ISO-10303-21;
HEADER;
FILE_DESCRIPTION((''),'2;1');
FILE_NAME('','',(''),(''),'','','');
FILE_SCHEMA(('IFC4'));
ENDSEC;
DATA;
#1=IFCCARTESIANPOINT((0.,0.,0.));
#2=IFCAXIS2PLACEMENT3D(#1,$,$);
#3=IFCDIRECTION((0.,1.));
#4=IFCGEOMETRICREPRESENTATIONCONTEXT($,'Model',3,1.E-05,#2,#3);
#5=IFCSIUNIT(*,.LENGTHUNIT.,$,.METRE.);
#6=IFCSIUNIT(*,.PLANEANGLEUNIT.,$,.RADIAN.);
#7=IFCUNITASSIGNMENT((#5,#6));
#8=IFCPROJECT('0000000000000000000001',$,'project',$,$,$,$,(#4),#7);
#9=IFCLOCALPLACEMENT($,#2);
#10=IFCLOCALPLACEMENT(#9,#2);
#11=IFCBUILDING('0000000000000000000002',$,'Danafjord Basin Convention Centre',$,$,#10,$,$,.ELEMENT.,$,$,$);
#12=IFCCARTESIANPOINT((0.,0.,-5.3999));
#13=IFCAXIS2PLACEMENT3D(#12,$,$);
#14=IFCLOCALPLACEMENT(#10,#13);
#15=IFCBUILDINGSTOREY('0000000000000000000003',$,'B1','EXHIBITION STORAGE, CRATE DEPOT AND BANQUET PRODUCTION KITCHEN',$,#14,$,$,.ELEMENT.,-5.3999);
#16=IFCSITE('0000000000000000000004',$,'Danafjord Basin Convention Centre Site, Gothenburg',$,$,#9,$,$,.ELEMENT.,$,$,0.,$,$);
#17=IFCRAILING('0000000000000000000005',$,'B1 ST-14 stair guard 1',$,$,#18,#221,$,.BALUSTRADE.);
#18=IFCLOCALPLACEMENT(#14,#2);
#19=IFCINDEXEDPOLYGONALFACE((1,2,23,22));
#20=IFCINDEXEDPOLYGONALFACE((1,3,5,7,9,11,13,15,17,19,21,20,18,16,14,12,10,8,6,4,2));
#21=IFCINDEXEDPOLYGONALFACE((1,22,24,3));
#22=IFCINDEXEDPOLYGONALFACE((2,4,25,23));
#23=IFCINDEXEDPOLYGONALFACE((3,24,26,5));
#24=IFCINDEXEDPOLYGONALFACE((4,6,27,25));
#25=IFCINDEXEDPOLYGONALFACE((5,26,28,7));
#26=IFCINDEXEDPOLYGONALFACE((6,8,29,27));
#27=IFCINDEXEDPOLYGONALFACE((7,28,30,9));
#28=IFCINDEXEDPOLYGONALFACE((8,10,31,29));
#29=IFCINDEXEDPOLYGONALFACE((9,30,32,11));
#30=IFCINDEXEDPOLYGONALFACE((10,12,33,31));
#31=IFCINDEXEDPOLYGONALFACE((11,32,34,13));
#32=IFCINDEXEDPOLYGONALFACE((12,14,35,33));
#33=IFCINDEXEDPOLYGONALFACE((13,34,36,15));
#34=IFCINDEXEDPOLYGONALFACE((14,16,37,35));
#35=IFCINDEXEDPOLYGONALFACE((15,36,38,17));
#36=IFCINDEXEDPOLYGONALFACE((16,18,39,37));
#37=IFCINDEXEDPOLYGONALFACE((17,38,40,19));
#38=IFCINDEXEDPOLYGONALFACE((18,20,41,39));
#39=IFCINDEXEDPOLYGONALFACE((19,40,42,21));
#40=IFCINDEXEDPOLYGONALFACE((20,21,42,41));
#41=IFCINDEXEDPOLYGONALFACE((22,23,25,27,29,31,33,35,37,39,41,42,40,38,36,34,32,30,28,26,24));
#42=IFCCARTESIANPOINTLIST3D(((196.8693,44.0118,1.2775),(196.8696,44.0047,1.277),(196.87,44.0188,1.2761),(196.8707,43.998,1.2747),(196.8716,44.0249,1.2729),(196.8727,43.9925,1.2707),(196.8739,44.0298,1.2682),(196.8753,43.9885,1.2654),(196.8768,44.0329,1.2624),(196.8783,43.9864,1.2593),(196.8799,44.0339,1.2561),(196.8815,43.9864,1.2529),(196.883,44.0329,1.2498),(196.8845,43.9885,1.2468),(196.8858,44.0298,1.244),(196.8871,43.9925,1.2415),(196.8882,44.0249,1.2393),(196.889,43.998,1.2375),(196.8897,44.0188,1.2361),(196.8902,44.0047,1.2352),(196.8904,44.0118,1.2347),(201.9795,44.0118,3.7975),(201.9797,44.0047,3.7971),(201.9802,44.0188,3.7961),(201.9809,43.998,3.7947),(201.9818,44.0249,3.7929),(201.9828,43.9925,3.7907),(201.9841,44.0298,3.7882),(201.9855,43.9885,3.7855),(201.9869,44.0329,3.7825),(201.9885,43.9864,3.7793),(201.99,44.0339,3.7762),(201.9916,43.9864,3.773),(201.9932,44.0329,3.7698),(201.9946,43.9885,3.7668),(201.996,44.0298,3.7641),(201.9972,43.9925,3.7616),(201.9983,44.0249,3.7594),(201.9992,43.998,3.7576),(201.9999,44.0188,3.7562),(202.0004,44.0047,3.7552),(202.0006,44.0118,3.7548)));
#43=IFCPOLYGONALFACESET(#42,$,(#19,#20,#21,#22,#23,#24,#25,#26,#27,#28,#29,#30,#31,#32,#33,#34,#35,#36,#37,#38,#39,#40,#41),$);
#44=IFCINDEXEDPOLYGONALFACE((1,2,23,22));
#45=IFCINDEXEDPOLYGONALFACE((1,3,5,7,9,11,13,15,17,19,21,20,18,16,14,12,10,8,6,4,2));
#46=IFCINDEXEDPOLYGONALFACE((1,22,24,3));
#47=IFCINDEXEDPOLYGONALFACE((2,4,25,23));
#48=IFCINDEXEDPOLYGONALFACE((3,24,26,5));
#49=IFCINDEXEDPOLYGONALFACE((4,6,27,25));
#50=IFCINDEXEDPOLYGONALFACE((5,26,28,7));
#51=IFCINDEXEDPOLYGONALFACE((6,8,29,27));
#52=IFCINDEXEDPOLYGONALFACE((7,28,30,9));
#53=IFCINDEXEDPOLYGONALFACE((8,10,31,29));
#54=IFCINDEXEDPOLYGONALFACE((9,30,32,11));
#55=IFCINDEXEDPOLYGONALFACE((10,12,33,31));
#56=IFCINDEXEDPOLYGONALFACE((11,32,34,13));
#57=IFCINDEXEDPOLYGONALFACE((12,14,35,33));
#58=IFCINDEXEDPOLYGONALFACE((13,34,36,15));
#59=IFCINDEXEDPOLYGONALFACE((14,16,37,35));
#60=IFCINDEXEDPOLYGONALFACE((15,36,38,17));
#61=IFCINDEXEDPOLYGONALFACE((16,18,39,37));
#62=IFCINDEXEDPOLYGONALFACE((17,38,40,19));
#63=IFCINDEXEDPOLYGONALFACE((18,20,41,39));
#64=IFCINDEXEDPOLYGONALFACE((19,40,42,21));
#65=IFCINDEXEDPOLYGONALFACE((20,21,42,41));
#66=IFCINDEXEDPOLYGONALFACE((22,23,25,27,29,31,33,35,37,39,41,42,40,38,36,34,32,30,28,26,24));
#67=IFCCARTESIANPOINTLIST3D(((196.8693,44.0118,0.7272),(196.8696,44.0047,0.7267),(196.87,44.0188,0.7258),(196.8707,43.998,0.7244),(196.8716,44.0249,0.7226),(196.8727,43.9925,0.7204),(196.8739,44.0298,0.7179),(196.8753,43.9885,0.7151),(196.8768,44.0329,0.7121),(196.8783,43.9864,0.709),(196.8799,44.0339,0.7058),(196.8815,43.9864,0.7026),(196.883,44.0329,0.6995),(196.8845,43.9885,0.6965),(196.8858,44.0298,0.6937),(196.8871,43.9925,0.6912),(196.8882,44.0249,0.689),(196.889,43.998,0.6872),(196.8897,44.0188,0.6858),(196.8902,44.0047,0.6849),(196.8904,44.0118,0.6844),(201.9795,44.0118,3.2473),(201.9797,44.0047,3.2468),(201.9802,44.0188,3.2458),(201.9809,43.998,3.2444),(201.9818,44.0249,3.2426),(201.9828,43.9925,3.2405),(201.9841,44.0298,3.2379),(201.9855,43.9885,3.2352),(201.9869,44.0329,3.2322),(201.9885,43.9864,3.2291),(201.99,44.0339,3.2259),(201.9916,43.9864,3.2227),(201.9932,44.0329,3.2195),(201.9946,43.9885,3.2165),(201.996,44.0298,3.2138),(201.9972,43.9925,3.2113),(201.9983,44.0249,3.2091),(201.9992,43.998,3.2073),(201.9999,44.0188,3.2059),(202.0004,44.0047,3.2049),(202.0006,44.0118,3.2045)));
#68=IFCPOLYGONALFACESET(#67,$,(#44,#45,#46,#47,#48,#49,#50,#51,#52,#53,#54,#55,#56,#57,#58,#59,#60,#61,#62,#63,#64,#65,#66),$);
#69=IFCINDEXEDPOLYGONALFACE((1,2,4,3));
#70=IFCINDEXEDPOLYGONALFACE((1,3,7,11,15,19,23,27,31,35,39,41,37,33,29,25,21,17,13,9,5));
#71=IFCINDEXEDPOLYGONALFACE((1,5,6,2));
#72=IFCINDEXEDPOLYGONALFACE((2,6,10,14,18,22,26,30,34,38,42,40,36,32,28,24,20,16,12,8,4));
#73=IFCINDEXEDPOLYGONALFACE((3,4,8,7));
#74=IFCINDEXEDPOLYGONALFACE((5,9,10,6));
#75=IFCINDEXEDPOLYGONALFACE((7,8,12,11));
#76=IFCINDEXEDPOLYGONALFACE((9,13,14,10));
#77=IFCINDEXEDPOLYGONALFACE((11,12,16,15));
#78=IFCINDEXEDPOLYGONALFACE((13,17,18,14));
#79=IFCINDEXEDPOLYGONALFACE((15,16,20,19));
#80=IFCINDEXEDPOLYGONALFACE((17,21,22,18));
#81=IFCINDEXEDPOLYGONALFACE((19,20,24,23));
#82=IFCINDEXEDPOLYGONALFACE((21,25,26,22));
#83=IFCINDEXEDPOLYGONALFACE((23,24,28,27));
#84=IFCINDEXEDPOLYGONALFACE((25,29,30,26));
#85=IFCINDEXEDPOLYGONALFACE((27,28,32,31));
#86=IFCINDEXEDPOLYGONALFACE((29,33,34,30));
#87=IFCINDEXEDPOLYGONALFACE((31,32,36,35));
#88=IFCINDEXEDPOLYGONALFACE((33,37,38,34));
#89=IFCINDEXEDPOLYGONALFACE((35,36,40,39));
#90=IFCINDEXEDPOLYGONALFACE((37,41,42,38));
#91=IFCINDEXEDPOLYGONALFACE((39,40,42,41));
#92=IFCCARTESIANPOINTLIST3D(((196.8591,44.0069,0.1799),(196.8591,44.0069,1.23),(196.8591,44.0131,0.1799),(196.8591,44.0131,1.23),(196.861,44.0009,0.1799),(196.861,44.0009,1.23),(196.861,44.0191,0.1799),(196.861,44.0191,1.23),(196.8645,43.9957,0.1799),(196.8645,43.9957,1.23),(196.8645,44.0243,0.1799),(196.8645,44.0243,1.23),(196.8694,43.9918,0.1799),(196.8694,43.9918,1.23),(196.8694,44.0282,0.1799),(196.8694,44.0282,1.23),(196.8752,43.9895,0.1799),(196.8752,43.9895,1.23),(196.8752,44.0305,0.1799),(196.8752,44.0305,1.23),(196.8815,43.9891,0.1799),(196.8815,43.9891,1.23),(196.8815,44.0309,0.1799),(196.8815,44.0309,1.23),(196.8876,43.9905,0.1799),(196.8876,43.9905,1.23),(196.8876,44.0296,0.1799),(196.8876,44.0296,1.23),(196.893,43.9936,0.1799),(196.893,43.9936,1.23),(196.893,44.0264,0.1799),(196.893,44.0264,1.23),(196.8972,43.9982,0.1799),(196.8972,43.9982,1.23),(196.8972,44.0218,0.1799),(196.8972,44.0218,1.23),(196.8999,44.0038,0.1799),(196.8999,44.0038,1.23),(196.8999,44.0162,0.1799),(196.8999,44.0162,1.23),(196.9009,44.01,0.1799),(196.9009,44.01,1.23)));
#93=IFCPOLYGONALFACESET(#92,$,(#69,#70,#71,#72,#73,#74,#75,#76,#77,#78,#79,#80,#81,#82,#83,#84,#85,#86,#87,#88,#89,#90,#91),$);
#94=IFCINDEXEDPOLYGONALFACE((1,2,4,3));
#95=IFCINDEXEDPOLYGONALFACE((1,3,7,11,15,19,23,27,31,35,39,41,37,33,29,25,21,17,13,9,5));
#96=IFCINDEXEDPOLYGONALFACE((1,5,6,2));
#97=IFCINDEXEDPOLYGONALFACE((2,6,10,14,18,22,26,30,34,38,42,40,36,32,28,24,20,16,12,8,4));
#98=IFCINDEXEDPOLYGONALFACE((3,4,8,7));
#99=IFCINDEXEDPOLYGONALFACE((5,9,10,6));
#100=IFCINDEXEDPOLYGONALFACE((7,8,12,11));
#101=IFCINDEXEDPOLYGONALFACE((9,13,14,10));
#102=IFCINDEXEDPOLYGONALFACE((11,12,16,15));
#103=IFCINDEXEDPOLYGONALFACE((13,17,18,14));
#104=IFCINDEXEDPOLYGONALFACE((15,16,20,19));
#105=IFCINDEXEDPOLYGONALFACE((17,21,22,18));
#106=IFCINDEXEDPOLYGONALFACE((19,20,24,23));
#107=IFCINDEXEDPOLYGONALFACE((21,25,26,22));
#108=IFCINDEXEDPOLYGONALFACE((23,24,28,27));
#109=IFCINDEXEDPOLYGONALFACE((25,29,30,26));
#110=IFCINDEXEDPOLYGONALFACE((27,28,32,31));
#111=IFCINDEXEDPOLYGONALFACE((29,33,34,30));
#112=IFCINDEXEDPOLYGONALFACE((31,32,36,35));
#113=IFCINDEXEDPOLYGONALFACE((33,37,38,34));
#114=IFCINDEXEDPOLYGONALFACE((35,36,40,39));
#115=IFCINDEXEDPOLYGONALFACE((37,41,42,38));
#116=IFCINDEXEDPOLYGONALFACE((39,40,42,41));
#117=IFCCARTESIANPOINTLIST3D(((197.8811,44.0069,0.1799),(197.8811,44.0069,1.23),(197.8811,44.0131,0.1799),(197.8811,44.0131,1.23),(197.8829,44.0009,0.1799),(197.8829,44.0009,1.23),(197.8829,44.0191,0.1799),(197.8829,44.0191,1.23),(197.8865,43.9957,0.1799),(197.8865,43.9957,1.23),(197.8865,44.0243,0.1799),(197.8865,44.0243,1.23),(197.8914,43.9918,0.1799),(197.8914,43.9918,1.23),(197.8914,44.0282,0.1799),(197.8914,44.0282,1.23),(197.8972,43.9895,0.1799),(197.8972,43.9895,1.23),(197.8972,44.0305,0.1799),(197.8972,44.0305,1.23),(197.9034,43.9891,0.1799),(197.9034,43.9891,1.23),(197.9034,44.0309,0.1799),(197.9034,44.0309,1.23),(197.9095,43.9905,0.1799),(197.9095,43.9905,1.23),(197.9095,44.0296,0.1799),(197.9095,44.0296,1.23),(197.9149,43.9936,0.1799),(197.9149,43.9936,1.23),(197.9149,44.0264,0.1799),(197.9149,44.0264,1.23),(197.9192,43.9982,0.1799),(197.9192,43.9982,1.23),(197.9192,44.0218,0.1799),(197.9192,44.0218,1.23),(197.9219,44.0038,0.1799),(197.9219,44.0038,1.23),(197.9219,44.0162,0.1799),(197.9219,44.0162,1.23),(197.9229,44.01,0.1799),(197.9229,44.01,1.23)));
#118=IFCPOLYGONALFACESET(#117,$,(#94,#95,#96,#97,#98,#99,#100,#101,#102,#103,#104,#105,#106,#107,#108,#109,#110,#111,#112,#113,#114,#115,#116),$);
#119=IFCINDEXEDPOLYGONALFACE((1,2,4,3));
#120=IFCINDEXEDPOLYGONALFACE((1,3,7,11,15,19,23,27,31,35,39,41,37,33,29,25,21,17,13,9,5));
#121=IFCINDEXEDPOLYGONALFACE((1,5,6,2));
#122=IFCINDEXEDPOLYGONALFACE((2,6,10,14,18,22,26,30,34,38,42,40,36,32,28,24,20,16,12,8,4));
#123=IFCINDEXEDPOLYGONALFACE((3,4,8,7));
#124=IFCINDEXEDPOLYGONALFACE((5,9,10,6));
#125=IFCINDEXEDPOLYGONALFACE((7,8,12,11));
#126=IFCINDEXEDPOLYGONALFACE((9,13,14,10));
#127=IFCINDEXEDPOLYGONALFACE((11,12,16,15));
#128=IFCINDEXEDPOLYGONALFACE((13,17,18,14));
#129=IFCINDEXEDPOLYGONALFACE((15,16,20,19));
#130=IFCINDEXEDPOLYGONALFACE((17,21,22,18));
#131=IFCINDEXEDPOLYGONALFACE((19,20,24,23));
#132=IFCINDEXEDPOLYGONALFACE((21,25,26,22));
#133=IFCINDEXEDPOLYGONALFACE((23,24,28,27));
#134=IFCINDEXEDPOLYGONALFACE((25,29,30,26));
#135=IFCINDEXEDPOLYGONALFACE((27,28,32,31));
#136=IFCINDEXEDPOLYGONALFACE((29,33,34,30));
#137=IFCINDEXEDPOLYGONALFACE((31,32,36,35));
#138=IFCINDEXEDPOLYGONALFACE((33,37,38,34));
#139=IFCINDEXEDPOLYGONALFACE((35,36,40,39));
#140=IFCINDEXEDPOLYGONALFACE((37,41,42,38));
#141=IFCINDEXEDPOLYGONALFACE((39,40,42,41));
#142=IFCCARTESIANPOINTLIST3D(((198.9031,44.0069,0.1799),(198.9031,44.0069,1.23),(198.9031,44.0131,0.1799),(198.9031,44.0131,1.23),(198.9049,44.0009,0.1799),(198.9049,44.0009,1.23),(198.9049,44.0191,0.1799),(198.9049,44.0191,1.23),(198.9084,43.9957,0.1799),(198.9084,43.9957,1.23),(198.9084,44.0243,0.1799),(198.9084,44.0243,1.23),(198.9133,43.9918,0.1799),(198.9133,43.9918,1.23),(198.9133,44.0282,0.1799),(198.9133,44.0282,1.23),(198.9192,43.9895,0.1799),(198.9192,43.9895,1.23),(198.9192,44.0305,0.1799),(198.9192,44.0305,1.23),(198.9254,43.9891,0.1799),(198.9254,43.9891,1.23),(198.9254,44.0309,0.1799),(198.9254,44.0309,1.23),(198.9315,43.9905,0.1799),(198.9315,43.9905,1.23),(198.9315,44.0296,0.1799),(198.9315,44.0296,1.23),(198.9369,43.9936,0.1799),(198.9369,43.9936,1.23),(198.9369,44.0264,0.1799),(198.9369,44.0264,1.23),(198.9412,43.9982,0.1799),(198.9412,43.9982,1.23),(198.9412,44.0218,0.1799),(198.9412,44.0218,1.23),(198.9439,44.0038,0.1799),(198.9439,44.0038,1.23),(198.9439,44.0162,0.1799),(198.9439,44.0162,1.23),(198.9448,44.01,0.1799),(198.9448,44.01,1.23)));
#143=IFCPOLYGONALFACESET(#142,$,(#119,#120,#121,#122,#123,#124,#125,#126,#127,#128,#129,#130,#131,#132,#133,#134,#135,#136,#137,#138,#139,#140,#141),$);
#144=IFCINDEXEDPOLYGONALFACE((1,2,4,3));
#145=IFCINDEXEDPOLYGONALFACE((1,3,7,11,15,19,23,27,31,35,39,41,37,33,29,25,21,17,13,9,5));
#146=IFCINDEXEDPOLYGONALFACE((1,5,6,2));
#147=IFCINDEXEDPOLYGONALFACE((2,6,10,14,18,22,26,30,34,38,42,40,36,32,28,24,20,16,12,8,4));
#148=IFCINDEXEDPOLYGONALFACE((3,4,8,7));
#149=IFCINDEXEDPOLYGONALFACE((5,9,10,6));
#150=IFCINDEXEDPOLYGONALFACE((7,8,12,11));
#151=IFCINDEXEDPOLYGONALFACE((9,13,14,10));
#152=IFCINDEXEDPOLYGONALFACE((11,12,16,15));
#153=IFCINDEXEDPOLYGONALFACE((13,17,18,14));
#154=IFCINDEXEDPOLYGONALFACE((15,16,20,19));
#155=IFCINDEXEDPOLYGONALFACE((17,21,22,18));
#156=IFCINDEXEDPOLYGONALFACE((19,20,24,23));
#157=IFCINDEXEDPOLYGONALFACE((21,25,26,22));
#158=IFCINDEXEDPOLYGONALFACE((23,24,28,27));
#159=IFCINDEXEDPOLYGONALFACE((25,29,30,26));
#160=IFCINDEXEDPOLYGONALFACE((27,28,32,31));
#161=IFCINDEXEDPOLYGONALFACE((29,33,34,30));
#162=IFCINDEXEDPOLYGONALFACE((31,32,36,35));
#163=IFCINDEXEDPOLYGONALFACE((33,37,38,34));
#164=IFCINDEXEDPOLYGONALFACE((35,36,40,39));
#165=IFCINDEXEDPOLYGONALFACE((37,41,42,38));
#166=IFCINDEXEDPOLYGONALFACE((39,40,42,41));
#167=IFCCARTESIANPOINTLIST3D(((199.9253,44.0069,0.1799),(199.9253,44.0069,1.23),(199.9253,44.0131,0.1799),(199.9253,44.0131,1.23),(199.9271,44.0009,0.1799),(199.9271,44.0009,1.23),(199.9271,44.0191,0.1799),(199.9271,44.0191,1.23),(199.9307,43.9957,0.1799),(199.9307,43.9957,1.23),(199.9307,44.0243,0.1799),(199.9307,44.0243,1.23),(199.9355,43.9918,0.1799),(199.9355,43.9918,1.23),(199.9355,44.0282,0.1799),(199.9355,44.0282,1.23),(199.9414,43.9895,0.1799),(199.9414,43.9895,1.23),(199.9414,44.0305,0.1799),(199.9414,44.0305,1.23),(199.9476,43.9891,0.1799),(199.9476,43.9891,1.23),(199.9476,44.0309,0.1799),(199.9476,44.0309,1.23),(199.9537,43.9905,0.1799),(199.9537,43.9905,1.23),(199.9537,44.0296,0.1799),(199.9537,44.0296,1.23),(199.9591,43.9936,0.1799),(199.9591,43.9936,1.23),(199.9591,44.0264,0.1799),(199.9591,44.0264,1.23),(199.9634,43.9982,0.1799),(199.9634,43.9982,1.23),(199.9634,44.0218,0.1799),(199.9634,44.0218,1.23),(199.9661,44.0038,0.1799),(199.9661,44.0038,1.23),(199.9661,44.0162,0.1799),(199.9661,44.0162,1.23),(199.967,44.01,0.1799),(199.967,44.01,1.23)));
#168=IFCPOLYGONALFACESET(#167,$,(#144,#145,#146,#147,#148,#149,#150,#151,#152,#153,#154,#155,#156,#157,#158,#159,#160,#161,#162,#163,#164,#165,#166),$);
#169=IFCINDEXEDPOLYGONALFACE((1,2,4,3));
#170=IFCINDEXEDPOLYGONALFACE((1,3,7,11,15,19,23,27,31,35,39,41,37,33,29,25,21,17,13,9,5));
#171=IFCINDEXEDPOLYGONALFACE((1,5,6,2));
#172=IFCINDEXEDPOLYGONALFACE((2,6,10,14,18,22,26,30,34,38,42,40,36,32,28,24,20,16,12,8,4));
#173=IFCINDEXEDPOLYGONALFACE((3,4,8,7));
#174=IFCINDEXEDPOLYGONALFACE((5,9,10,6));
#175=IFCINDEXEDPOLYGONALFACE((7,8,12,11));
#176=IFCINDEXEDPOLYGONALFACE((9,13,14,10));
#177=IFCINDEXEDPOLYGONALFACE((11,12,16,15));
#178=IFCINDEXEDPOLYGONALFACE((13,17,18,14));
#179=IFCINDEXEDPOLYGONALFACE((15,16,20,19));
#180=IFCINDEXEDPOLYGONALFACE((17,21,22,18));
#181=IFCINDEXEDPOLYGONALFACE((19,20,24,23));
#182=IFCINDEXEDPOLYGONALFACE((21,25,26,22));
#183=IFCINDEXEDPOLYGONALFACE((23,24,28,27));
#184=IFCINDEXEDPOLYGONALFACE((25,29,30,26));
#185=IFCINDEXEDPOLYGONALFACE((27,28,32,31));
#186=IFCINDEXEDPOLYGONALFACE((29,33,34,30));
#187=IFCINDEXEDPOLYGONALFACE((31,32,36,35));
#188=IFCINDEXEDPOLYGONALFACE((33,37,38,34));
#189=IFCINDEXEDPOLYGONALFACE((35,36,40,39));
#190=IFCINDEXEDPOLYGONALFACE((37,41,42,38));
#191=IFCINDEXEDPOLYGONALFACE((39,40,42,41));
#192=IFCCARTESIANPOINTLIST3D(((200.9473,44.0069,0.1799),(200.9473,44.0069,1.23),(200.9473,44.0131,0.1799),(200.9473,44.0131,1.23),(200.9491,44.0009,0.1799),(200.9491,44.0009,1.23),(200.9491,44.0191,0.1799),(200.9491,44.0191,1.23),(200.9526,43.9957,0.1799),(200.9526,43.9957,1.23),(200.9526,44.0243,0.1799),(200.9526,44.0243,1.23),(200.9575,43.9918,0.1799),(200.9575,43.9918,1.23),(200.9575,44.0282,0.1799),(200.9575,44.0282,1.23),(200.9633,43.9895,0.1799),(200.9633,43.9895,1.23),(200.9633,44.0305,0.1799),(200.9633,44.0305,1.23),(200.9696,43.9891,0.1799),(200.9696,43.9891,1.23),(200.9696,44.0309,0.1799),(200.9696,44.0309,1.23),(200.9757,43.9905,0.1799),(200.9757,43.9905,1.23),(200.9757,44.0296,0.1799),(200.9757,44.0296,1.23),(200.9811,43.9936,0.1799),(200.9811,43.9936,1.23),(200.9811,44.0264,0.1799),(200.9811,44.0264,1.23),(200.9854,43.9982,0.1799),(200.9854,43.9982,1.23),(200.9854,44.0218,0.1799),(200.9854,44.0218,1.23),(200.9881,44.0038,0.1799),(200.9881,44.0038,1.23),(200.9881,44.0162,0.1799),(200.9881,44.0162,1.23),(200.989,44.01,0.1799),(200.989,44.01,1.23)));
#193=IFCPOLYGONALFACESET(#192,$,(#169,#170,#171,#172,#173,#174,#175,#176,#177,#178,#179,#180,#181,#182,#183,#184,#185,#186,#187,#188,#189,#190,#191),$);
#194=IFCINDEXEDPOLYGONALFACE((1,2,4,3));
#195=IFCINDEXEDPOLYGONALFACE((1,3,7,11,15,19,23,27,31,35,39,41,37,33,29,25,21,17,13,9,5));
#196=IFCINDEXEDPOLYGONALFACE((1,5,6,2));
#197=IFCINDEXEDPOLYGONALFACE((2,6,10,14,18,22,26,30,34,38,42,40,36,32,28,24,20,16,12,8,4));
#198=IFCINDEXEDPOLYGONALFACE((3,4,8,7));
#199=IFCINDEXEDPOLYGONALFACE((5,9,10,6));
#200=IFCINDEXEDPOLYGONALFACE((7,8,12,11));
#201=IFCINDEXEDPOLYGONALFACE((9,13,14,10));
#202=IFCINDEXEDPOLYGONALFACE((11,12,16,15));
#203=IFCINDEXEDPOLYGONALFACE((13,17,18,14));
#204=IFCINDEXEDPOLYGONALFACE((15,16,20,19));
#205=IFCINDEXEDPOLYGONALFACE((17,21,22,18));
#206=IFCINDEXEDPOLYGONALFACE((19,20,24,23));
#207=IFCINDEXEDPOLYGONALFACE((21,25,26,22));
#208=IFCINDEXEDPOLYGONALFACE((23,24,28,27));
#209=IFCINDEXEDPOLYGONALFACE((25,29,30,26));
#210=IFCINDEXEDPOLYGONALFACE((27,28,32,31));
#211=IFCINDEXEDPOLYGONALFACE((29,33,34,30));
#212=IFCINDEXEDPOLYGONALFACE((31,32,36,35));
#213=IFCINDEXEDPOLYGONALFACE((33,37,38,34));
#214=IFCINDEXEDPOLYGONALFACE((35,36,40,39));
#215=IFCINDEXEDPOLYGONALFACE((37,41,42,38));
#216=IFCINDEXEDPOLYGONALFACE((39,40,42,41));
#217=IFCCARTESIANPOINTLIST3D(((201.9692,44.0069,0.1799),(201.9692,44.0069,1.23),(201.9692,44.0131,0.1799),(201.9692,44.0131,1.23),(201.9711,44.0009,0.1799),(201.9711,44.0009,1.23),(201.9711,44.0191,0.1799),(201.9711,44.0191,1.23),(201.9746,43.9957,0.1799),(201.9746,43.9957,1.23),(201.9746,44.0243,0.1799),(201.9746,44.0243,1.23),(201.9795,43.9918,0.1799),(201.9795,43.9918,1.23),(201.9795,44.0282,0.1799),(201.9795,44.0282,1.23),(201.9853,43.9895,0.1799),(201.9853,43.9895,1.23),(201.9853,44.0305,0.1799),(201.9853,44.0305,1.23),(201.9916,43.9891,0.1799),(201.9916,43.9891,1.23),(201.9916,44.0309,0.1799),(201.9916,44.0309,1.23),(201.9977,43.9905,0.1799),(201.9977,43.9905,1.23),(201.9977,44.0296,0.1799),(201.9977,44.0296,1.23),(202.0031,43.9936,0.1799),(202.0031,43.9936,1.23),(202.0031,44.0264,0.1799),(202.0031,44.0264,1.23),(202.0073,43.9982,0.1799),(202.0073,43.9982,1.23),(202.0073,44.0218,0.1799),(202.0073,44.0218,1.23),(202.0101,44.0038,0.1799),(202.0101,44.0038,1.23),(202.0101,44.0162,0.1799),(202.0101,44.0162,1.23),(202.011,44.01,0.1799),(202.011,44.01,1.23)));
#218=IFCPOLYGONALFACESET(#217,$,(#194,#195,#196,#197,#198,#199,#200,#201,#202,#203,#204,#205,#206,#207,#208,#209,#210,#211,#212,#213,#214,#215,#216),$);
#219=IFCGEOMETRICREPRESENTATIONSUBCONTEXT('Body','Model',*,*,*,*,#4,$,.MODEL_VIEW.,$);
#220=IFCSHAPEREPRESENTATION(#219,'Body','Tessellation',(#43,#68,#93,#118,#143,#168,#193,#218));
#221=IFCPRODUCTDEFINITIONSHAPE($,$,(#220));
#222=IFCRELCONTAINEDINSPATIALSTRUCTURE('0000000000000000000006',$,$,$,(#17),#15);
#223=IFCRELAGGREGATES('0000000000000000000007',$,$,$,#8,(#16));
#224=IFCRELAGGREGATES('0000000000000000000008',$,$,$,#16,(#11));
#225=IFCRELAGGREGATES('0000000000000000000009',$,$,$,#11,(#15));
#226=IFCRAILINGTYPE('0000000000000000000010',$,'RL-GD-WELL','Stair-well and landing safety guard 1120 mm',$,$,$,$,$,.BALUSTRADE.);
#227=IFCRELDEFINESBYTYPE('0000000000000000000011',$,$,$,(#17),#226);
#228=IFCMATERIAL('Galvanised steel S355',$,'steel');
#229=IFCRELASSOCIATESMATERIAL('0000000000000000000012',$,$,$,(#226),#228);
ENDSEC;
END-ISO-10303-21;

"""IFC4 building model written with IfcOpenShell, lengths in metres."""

from ifc_helpers import new_model, si_unit, direction, frame, origin, origin_2d, place, context, subcontext, project, spatial, circle, extrude, material, type_object, element, save


model = new_model("IFC4")

# Units and contexts
model_context = context("Model", 3, precision=1e-05, world=origin(), true_north=direction((0.0, 1.0)))
body_context = subcontext(model_context, "Body", "Model", "MODEL_VIEW")
ifc_project = project(units=[si_unit("LENGTHUNIT", "METRE"), si_unit("PLANEANGLEUNIT", "RADIAN")], contexts=[model_context])

# Site, building, storey
site_placement = place(None, origin())
site = spatial("IfcSite", under=ifc_project, at=site_placement, Name="Danafjord Basin Convention Centre Site, Gothenburg", CompositionType="ELEMENT", RefElevation=0.0)
building_placement = place(site_placement, origin())
building = spatial("IfcBuilding", under=site, at=building_placement, Name="Danafjord Basin Convention Centre", CompositionType="ELEMENT")
storey_placement = place(building_placement, frame((0.0, 0.0, -5.3999)))
storey = spatial("IfcBuildingStorey", under=building, at=storey_placement, Name="B1", Description="EXHIBITION STORAGE, CRATE DEPOT AND BANQUET PRODUCTION KITCHEN", CompositionType="ELEMENT", Elevation=-5.3999)

# Railing
ifc_material_1 = material(Name="Galvanised steel S355", Category="steel")
railing_type_1 = type_object("IfcRailingType", Name="RL-GD-WELL", Description="Stair-well and landing safety guard 1120 mm", PredefinedType="BALUSTRADE", material=ifc_material_1)
railing_1_placement = place(storey_placement, frame((196.8799, 44.01, 0.1799)))
element("IfcRailing", 1, at=railing_1_placement, inside=storey, type_object=railing_type_1, Name="B1 ST-14 stair guard 1", PredefinedType="BALUSTRADE", context=body_context, shape_type="SweptSolid", body=[
    extrude(circle(Radius=0.0239, at=origin_2d()), frame((0.0, 0.0, 1.0762), z_axis=(0.896873, 0.0, 0.442288), x_axis=(0.0, 1.0, 0.0)), (0.0, 0.0, 1.0), 5.6978),
    extrude(circle(Radius=0.0239, at=origin_2d()), frame((0.0, 0.0, 0.5259), z_axis=(0.896873, 0.0, 0.442288), x_axis=(0.0, 1.0, 0.0)), (0.0, 0.0, 1.0), 5.6978),
    extrude(circle(Radius=0.021, at=origin_2d()), origin(), (0.0, 0.0, 1.0), 1.05),
    extrude(circle(Radius=0.021, at=origin_2d()), frame((1.022, 0.0, 0.0)), (0.0, 0.0, 1.0), 1.05),
    extrude(circle(Radius=0.021, at=origin_2d()), frame((2.0439, 0.0, 0.0)), (0.0, 0.0, 1.0), 1.05),
    extrude(circle(Radius=0.021, at=origin_2d()), frame((3.0662, 0.0, 0.0)), (0.0, 0.0, 1.0), 1.05),
    extrude(circle(Radius=0.021, at=origin_2d()), frame((4.0881, 0.0, 0.0)), (0.0, 0.0, 1.0), 1.05),
    extrude(circle(Radius=0.021, at=origin_2d()), frame((5.1101, 0.0, 0.0)), (0.0, 0.0, 1.0), 1.05),
])

save(model, "model.ifc")
